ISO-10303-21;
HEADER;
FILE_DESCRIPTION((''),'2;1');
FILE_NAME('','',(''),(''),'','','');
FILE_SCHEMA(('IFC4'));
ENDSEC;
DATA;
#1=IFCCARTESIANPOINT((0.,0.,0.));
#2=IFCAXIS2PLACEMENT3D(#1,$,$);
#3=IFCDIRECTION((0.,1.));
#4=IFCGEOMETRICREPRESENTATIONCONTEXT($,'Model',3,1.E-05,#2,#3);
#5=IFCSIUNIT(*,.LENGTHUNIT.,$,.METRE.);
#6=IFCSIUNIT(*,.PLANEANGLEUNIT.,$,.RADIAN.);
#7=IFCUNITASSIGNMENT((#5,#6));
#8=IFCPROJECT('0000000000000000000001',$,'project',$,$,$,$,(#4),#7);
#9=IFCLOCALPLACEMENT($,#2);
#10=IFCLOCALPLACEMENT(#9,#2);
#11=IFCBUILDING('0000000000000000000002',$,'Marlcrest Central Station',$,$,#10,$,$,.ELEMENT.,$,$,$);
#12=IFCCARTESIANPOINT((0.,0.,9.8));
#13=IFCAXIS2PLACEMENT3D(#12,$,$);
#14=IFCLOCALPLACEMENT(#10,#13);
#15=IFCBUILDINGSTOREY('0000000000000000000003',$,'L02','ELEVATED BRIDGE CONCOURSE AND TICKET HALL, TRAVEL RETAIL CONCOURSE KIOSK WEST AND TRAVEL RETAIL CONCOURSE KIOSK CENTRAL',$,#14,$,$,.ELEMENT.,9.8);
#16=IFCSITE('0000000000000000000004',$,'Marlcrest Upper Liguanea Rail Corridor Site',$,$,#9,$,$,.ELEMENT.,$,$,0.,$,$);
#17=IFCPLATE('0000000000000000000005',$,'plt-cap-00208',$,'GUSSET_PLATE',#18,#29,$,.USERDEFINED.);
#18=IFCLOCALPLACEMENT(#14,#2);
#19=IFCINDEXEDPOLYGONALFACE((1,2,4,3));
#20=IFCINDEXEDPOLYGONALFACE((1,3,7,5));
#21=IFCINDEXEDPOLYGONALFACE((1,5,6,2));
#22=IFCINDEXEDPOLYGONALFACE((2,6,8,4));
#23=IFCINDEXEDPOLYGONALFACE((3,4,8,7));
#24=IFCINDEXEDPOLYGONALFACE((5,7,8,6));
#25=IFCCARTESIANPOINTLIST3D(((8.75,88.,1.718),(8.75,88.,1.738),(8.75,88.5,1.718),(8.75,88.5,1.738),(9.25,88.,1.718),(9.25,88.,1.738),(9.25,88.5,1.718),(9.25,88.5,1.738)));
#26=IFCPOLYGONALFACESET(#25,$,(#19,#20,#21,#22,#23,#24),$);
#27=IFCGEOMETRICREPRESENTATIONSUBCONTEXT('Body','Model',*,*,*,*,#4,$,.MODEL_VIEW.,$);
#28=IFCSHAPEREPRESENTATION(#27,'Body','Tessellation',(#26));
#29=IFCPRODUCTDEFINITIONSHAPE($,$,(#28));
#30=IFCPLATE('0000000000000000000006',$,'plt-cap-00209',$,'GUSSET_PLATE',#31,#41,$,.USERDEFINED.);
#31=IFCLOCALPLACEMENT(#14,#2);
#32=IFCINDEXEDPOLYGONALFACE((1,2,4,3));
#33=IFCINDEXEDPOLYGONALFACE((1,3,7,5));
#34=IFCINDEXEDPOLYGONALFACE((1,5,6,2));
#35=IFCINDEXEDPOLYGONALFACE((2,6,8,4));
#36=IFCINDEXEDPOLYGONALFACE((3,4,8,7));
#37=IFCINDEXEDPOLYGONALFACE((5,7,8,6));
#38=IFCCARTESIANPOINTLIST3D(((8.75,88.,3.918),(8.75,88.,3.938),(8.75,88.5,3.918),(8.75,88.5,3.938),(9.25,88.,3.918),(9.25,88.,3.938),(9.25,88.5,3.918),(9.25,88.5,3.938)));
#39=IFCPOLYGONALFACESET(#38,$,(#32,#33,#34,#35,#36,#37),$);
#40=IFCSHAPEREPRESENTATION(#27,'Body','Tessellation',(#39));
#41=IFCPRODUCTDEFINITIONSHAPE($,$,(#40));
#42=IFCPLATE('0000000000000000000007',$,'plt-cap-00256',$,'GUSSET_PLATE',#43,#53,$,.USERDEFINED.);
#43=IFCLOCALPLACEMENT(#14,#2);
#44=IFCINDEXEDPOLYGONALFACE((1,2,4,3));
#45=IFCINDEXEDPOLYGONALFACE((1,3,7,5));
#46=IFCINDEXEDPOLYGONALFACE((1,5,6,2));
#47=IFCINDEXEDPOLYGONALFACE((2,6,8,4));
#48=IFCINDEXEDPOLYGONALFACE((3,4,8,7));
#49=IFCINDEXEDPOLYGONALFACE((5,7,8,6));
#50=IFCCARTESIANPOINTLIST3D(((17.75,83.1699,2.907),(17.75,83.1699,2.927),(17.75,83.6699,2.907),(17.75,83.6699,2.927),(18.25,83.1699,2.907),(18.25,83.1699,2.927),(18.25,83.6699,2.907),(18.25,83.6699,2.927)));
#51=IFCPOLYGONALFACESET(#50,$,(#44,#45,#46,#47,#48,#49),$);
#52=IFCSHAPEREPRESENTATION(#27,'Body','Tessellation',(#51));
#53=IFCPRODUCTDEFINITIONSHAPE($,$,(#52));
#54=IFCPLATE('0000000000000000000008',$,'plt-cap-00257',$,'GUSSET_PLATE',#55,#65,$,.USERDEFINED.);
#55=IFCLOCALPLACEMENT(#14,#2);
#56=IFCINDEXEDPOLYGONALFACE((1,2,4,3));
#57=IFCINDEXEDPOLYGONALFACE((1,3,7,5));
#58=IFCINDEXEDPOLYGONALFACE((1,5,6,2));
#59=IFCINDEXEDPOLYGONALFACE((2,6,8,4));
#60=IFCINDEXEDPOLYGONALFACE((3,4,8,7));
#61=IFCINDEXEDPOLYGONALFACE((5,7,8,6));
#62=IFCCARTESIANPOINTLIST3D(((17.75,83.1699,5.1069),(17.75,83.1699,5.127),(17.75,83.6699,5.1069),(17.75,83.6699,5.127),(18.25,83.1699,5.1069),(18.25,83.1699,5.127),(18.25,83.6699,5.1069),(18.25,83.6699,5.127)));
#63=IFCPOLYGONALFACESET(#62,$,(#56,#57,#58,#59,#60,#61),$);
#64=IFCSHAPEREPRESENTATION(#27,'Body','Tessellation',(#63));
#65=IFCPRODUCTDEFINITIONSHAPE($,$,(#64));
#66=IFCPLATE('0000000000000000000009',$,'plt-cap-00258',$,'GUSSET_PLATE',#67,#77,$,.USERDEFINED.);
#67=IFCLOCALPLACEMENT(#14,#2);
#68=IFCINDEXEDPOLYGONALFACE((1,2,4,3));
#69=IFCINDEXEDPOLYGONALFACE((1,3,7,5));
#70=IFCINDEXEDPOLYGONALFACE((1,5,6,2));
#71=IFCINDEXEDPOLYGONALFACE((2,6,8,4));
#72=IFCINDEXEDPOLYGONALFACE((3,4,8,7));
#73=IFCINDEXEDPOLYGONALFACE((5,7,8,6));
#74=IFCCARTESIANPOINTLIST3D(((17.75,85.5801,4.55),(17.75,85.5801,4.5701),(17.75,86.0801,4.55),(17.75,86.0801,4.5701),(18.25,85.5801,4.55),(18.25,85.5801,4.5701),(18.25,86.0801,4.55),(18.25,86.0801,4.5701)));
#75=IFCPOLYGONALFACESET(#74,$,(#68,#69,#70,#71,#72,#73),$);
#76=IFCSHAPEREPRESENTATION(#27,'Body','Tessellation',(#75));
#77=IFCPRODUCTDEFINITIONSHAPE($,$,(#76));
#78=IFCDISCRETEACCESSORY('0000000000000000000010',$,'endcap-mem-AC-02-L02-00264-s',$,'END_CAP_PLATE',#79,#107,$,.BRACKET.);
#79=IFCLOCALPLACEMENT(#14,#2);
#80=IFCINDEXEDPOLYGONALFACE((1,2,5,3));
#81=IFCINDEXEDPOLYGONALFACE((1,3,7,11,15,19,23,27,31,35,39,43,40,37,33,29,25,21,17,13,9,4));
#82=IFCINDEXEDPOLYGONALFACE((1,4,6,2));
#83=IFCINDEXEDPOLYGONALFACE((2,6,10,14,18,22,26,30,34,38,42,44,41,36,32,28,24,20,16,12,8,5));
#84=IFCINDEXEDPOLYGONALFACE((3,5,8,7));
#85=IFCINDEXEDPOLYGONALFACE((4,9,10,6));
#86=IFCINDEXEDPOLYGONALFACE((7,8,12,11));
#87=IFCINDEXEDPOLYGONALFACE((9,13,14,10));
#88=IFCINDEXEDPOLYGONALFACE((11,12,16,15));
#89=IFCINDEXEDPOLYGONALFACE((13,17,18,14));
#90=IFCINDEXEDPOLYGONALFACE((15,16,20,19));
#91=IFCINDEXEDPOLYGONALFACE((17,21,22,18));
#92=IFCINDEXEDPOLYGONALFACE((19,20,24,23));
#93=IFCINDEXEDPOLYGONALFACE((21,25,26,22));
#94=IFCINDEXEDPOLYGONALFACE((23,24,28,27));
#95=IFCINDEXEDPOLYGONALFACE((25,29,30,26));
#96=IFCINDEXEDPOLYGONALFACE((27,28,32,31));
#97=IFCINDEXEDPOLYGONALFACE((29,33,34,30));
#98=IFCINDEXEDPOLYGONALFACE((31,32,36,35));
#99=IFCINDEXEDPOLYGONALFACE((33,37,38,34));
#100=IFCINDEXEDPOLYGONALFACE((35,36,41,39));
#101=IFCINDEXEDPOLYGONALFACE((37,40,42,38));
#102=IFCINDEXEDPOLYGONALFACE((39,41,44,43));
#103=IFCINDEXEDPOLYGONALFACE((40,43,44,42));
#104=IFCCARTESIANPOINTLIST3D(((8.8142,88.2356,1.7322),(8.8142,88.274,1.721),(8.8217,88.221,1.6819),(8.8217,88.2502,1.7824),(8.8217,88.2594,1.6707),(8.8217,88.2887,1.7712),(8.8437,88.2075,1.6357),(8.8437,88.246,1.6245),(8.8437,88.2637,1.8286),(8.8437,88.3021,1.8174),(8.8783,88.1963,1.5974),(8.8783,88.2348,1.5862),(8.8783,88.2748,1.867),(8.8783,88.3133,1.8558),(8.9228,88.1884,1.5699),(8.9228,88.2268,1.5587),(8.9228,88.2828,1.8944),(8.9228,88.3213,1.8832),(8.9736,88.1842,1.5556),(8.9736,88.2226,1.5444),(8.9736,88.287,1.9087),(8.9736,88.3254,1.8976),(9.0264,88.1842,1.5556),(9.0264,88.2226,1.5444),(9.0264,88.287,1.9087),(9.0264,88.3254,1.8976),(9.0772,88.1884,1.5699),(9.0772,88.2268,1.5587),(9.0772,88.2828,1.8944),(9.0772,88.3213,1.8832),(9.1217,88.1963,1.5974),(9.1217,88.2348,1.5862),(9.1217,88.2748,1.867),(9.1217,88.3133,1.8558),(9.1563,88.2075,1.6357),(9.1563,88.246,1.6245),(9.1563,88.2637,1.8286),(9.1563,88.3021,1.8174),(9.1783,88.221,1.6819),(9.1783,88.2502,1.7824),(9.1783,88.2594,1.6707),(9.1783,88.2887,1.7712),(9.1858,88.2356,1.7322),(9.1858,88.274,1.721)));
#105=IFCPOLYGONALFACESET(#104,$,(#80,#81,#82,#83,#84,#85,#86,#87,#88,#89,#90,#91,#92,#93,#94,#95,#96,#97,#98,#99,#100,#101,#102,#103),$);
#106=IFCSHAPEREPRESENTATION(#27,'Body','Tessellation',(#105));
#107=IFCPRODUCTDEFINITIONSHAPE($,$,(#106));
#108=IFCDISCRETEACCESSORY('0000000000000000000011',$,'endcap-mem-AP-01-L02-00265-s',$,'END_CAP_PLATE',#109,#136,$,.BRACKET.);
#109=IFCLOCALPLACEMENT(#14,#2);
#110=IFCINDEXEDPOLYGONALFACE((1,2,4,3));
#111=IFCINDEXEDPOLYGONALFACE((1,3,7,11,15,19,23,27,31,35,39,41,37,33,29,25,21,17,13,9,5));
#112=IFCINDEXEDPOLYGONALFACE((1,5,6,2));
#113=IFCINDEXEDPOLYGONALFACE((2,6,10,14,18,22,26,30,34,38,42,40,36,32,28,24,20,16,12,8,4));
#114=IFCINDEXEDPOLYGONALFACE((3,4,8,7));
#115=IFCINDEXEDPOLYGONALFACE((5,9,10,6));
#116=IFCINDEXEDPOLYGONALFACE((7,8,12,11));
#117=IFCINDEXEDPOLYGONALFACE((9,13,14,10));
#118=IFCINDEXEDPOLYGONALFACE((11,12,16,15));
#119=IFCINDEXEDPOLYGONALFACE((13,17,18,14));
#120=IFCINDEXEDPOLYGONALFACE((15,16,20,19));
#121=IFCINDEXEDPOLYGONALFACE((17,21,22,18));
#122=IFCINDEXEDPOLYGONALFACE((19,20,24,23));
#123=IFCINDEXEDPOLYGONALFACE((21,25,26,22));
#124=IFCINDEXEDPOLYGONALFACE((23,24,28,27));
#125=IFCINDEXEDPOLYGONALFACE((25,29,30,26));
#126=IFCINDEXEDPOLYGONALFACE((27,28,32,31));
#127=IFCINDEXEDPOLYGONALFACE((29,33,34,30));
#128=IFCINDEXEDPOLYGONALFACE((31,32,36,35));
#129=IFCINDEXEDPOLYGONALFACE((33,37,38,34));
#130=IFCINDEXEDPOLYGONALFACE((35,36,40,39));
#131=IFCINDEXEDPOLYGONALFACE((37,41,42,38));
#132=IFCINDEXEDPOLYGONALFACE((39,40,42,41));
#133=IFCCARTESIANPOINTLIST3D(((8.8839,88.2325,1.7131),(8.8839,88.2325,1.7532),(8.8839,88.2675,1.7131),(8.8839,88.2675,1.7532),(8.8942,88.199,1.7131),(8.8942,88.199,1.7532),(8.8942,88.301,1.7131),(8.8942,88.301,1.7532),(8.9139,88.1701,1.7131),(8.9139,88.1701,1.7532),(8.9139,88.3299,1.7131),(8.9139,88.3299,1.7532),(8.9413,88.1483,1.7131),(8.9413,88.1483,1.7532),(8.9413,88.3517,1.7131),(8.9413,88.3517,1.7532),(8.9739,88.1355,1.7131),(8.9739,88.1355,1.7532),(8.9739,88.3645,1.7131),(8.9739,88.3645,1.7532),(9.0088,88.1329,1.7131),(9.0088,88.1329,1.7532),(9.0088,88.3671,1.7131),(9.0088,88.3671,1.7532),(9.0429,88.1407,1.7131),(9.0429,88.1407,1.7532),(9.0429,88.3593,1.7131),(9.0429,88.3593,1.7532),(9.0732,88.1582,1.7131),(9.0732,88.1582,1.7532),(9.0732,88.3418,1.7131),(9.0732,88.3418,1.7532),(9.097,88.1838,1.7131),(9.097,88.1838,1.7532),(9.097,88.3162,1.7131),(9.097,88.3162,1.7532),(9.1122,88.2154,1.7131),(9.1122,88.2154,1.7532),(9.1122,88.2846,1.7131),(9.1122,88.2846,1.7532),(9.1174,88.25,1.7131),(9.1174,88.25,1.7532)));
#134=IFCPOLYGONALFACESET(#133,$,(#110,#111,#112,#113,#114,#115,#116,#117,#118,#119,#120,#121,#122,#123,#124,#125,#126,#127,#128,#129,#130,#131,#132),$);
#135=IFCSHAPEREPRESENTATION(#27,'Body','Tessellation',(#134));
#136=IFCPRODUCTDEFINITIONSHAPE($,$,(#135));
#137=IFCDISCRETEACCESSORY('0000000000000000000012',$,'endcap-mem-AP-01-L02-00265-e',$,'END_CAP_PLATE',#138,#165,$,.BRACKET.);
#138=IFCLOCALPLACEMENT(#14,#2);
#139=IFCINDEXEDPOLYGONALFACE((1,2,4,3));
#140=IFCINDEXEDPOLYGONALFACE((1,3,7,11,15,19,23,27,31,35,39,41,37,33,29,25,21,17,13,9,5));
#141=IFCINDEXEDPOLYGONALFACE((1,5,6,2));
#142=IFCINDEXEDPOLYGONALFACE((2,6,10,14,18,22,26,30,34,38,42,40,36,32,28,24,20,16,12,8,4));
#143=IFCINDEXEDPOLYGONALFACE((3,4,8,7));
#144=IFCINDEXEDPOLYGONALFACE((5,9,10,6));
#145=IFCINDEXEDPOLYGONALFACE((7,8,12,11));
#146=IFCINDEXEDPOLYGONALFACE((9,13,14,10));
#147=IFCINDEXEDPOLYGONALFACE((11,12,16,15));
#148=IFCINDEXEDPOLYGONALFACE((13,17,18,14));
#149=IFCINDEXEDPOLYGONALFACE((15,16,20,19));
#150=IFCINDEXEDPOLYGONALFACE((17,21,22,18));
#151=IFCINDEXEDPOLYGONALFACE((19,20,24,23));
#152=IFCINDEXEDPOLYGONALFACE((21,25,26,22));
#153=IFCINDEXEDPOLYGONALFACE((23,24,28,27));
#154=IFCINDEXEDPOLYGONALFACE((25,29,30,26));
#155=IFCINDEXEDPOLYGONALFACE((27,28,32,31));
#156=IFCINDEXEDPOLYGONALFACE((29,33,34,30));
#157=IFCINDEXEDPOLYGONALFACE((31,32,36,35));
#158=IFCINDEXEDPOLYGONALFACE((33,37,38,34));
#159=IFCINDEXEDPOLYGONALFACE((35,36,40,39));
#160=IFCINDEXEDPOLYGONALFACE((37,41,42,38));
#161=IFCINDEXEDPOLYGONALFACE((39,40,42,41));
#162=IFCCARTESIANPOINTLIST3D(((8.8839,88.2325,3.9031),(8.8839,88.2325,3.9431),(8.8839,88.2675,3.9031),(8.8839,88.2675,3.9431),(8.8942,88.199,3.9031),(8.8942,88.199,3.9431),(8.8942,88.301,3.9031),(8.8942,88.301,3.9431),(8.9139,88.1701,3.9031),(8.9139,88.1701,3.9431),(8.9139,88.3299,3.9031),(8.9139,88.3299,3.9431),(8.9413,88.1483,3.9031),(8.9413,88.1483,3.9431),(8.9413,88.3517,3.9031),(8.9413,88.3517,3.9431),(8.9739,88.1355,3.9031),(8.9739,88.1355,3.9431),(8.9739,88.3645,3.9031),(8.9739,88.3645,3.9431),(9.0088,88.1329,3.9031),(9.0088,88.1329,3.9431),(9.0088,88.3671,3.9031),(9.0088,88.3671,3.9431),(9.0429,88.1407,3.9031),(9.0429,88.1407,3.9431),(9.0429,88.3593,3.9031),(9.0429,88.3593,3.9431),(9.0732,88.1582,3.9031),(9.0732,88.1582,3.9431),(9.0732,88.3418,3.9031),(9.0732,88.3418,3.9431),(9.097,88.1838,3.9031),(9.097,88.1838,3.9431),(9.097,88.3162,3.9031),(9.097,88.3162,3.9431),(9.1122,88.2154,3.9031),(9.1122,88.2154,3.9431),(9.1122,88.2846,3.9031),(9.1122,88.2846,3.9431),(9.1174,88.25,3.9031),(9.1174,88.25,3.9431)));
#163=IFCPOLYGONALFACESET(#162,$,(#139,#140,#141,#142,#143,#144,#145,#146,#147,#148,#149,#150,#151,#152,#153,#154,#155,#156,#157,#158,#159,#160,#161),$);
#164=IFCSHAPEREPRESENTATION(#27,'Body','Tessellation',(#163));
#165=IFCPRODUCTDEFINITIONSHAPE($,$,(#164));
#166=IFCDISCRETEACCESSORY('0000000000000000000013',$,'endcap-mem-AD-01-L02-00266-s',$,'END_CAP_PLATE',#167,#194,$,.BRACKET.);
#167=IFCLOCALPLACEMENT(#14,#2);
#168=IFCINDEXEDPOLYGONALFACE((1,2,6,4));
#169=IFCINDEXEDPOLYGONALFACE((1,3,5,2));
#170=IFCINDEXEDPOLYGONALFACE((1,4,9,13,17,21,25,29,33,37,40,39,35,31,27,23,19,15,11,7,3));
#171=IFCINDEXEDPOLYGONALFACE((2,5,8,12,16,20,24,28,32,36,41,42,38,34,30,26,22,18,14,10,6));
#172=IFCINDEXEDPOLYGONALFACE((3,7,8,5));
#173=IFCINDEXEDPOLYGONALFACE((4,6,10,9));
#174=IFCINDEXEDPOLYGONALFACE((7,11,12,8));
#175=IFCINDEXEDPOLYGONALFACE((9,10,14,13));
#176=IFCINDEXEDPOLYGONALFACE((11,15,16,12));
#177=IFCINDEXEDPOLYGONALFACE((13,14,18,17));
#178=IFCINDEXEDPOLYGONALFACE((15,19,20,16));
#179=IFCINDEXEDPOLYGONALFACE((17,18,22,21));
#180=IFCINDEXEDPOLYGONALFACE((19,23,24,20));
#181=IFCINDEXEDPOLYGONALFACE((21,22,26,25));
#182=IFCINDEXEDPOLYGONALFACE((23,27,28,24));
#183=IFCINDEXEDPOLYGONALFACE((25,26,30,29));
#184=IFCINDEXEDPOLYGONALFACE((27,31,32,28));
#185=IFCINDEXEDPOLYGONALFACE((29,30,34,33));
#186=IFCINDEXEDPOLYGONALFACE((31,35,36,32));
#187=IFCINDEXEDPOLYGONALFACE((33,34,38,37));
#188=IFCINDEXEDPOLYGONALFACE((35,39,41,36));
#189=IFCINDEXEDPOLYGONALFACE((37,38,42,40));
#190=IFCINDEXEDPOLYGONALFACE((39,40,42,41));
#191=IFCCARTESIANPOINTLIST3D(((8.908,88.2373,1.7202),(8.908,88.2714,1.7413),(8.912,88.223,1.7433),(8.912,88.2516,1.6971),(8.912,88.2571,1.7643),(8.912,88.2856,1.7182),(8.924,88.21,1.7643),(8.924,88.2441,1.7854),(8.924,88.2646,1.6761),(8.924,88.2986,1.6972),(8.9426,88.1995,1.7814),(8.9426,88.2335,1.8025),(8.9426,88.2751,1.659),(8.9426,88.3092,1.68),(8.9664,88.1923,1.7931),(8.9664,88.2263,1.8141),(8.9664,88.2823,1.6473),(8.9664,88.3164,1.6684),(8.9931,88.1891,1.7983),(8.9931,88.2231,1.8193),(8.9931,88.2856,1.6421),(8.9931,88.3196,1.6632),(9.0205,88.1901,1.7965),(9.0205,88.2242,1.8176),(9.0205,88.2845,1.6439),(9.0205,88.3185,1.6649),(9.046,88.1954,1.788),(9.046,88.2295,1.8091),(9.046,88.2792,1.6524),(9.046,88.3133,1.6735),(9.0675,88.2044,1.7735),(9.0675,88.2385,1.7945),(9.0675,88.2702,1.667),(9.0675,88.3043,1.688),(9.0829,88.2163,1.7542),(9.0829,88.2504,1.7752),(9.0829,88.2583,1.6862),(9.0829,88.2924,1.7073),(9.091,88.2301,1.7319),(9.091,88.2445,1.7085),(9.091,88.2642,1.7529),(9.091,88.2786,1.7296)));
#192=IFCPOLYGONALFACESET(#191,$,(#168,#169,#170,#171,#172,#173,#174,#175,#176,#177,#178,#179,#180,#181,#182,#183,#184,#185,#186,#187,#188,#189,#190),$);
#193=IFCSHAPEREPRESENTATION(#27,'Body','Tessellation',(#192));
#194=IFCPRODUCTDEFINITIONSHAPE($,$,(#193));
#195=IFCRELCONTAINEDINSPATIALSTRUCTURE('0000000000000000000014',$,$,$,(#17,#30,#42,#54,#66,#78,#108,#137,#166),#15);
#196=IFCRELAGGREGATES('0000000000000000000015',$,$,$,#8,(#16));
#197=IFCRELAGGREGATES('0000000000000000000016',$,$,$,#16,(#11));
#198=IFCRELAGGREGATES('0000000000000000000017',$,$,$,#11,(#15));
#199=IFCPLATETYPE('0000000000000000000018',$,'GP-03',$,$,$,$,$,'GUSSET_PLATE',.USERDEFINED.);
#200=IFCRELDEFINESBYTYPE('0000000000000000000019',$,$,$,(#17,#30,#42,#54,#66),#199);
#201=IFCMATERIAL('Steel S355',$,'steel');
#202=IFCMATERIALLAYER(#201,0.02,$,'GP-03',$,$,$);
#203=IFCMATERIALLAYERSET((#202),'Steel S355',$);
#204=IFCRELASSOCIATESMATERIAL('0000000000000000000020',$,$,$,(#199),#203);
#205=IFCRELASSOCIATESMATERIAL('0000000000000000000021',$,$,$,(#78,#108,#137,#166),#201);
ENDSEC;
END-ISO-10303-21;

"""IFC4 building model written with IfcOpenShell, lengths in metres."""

from ifc_helpers import new_model, si_unit, direction, frame, origin, origin_2d, place, context, subcontext, project, spatial, rectangle, circle, extrude, material, layer, layer_set, type_object, element, save


model = new_model("IFC4")

# Units and contexts
model_context = context("Model", 3, precision=1e-05, world=origin(), true_north=direction((0.0, 1.0)))
body_context = subcontext(model_context, "Body", "Model", "MODEL_VIEW")
ifc_project = project(units=[si_unit("LENGTHUNIT", "METRE"), si_unit("PLANEANGLEUNIT", "RADIAN")], contexts=[model_context])

# Site, building, storey
site_placement = place(None, origin())
site = spatial("IfcSite", under=ifc_project, at=site_placement, Name="Marlcrest Upper Liguanea Rail Corridor Site", CompositionType="ELEMENT", RefElevation=0.0)
building_placement = place(site_placement, origin())
building = spatial("IfcBuilding", under=site, at=building_placement, Name="Marlcrest Central Station", CompositionType="ELEMENT")
storey_placement = place(building_placement, frame((0.0, 0.0, 9.8)))
storey = spatial("IfcBuildingStorey", under=building, at=storey_placement, Name="L02", Description="ELEVATED BRIDGE CONCOURSE AND TICKET HALL, TRAVEL RETAIL CONCOURSE KIOSK WEST AND TRAVEL RETAIL CONCOURSE KIOSK CENTRAL", CompositionType="ELEMENT", Elevation=9.8)

# Shared definitions
ifc_material = material(Name="Steel S355", Category="steel")

# Plates
ifc_layer = layer(ifc_material, 0.02, Name="GP-03")
ifc_layer_set = layer_set([ifc_layer], Name="Steel S355")
plate_type = type_object("IfcPlateType", Name="GP-03", ElementType="GUSSET_PLATE", PredefinedType="USERDEFINED", material=ifc_layer_set)
for number, where, z_axis, x_axis, name in (
    (1, (9.0, 88.25, 1.718), (0.0, 0.0, 1.0), (1.0, 0.0, 0.0), "plt-cap-00208"),
    (2, (9.0, 88.25, 3.918), (0.0, 0.0, 1.0), (1.0, 0.0, 0.0), "plt-cap-00209"),
    (3, (18.0, 83.4199, 2.907), (0.0, 0.0, 1.0), (1.0, 0.0, 0.0), "plt-cap-00256"),
    (4, (18.0, 83.4199, 5.1069), (0.0, 0.0, 1.0), (1.0, 0.0, 0.0), "plt-cap-00257"),
    (5, (18.0, 85.8301, 4.55), (0.0, 0.0, 1.0), (1.0, 0.0, 0.0), "plt-cap-00258"),
):
    element("IfcPlate", number, at=place(storey_placement, frame(where, z_axis=z_axis, x_axis=x_axis)), inside=storey, type_object=plate_type, Name=name, ObjectType="GUSSET_PLATE", PredefinedType="USERDEFINED", context=body_context, shape_type="SweptSolid", body=[
        extrude(rectangle(XDim=0.5, YDim=0.5, at=origin_2d()), origin(), (0.0, 0.0, 1.0), 0.02),
    ])

# Discrete accessories
discrete_accessory_1_placement = place(storey_placement, frame((9.0, 88.2356, 1.7322), z_axis=(0.0, 0.96013, -0.279554), x_axis=(-1.0, 0.0, 0.0)))
element("IfcDiscreteAccessory", 6, at=discrete_accessory_1_placement, inside=storey, material=ifc_material, Name="endcap-mem-AC-02-L02-00264-s", ObjectType="END_CAP_PLATE", PredefinedType="BRACKET", context=body_context, shape_type="SweptSolid", body=[
    extrude(circle(Radius=0.1858, at=origin_2d()), origin(), (0.0, 0.0, 1.0), 0.04),
])
for number, where, z_axis, x_axis, name in (
    (7, (9.0, 88.25, 1.7131), (0.0, 0.0, 1.0), (1.0, 0.0, 0.0), "endcap-mem-AP-01-L02-00265-s"),
    (8, (9.0, 88.25, 3.9031), (0.0, 0.0, 1.0), (1.0, 0.0, 0.0), "endcap-mem-AP-01-L02-00265-e"),
):
    element("IfcDiscreteAccessory", number, at=place(storey_placement, frame(where, z_axis=z_axis, x_axis=x_axis)), inside=storey, material=ifc_material, Name=name, ObjectType="END_CAP_PLATE", PredefinedType="BRACKET", context=body_context, shape_type="SweptSolid", body=[
        extrude(circle(Radius=0.1174, at=origin_2d()), origin(), (0.0, 0.0, 1.0), 0.04),
    ])
discrete_accessory_2_placement = place(storey_placement, frame((9.0, 88.2373, 1.7202), z_axis=(0.0, 0.850687, 0.525672), x_axis=(-1.0, 0.0, 0.0)))
element("IfcDiscreteAccessory", 9, at=discrete_accessory_2_placement, inside=storey, material=ifc_material, Name="endcap-mem-AD-01-L02-00266-s", ObjectType="END_CAP_PLATE", PredefinedType="BRACKET", context=body_context, shape_type="SweptSolid", body=[
    extrude(circle(Radius=0.092, at=origin_2d()), origin(), (0.0, 0.0, 1.0), 0.04),
])

save(model, "model.ifc")
